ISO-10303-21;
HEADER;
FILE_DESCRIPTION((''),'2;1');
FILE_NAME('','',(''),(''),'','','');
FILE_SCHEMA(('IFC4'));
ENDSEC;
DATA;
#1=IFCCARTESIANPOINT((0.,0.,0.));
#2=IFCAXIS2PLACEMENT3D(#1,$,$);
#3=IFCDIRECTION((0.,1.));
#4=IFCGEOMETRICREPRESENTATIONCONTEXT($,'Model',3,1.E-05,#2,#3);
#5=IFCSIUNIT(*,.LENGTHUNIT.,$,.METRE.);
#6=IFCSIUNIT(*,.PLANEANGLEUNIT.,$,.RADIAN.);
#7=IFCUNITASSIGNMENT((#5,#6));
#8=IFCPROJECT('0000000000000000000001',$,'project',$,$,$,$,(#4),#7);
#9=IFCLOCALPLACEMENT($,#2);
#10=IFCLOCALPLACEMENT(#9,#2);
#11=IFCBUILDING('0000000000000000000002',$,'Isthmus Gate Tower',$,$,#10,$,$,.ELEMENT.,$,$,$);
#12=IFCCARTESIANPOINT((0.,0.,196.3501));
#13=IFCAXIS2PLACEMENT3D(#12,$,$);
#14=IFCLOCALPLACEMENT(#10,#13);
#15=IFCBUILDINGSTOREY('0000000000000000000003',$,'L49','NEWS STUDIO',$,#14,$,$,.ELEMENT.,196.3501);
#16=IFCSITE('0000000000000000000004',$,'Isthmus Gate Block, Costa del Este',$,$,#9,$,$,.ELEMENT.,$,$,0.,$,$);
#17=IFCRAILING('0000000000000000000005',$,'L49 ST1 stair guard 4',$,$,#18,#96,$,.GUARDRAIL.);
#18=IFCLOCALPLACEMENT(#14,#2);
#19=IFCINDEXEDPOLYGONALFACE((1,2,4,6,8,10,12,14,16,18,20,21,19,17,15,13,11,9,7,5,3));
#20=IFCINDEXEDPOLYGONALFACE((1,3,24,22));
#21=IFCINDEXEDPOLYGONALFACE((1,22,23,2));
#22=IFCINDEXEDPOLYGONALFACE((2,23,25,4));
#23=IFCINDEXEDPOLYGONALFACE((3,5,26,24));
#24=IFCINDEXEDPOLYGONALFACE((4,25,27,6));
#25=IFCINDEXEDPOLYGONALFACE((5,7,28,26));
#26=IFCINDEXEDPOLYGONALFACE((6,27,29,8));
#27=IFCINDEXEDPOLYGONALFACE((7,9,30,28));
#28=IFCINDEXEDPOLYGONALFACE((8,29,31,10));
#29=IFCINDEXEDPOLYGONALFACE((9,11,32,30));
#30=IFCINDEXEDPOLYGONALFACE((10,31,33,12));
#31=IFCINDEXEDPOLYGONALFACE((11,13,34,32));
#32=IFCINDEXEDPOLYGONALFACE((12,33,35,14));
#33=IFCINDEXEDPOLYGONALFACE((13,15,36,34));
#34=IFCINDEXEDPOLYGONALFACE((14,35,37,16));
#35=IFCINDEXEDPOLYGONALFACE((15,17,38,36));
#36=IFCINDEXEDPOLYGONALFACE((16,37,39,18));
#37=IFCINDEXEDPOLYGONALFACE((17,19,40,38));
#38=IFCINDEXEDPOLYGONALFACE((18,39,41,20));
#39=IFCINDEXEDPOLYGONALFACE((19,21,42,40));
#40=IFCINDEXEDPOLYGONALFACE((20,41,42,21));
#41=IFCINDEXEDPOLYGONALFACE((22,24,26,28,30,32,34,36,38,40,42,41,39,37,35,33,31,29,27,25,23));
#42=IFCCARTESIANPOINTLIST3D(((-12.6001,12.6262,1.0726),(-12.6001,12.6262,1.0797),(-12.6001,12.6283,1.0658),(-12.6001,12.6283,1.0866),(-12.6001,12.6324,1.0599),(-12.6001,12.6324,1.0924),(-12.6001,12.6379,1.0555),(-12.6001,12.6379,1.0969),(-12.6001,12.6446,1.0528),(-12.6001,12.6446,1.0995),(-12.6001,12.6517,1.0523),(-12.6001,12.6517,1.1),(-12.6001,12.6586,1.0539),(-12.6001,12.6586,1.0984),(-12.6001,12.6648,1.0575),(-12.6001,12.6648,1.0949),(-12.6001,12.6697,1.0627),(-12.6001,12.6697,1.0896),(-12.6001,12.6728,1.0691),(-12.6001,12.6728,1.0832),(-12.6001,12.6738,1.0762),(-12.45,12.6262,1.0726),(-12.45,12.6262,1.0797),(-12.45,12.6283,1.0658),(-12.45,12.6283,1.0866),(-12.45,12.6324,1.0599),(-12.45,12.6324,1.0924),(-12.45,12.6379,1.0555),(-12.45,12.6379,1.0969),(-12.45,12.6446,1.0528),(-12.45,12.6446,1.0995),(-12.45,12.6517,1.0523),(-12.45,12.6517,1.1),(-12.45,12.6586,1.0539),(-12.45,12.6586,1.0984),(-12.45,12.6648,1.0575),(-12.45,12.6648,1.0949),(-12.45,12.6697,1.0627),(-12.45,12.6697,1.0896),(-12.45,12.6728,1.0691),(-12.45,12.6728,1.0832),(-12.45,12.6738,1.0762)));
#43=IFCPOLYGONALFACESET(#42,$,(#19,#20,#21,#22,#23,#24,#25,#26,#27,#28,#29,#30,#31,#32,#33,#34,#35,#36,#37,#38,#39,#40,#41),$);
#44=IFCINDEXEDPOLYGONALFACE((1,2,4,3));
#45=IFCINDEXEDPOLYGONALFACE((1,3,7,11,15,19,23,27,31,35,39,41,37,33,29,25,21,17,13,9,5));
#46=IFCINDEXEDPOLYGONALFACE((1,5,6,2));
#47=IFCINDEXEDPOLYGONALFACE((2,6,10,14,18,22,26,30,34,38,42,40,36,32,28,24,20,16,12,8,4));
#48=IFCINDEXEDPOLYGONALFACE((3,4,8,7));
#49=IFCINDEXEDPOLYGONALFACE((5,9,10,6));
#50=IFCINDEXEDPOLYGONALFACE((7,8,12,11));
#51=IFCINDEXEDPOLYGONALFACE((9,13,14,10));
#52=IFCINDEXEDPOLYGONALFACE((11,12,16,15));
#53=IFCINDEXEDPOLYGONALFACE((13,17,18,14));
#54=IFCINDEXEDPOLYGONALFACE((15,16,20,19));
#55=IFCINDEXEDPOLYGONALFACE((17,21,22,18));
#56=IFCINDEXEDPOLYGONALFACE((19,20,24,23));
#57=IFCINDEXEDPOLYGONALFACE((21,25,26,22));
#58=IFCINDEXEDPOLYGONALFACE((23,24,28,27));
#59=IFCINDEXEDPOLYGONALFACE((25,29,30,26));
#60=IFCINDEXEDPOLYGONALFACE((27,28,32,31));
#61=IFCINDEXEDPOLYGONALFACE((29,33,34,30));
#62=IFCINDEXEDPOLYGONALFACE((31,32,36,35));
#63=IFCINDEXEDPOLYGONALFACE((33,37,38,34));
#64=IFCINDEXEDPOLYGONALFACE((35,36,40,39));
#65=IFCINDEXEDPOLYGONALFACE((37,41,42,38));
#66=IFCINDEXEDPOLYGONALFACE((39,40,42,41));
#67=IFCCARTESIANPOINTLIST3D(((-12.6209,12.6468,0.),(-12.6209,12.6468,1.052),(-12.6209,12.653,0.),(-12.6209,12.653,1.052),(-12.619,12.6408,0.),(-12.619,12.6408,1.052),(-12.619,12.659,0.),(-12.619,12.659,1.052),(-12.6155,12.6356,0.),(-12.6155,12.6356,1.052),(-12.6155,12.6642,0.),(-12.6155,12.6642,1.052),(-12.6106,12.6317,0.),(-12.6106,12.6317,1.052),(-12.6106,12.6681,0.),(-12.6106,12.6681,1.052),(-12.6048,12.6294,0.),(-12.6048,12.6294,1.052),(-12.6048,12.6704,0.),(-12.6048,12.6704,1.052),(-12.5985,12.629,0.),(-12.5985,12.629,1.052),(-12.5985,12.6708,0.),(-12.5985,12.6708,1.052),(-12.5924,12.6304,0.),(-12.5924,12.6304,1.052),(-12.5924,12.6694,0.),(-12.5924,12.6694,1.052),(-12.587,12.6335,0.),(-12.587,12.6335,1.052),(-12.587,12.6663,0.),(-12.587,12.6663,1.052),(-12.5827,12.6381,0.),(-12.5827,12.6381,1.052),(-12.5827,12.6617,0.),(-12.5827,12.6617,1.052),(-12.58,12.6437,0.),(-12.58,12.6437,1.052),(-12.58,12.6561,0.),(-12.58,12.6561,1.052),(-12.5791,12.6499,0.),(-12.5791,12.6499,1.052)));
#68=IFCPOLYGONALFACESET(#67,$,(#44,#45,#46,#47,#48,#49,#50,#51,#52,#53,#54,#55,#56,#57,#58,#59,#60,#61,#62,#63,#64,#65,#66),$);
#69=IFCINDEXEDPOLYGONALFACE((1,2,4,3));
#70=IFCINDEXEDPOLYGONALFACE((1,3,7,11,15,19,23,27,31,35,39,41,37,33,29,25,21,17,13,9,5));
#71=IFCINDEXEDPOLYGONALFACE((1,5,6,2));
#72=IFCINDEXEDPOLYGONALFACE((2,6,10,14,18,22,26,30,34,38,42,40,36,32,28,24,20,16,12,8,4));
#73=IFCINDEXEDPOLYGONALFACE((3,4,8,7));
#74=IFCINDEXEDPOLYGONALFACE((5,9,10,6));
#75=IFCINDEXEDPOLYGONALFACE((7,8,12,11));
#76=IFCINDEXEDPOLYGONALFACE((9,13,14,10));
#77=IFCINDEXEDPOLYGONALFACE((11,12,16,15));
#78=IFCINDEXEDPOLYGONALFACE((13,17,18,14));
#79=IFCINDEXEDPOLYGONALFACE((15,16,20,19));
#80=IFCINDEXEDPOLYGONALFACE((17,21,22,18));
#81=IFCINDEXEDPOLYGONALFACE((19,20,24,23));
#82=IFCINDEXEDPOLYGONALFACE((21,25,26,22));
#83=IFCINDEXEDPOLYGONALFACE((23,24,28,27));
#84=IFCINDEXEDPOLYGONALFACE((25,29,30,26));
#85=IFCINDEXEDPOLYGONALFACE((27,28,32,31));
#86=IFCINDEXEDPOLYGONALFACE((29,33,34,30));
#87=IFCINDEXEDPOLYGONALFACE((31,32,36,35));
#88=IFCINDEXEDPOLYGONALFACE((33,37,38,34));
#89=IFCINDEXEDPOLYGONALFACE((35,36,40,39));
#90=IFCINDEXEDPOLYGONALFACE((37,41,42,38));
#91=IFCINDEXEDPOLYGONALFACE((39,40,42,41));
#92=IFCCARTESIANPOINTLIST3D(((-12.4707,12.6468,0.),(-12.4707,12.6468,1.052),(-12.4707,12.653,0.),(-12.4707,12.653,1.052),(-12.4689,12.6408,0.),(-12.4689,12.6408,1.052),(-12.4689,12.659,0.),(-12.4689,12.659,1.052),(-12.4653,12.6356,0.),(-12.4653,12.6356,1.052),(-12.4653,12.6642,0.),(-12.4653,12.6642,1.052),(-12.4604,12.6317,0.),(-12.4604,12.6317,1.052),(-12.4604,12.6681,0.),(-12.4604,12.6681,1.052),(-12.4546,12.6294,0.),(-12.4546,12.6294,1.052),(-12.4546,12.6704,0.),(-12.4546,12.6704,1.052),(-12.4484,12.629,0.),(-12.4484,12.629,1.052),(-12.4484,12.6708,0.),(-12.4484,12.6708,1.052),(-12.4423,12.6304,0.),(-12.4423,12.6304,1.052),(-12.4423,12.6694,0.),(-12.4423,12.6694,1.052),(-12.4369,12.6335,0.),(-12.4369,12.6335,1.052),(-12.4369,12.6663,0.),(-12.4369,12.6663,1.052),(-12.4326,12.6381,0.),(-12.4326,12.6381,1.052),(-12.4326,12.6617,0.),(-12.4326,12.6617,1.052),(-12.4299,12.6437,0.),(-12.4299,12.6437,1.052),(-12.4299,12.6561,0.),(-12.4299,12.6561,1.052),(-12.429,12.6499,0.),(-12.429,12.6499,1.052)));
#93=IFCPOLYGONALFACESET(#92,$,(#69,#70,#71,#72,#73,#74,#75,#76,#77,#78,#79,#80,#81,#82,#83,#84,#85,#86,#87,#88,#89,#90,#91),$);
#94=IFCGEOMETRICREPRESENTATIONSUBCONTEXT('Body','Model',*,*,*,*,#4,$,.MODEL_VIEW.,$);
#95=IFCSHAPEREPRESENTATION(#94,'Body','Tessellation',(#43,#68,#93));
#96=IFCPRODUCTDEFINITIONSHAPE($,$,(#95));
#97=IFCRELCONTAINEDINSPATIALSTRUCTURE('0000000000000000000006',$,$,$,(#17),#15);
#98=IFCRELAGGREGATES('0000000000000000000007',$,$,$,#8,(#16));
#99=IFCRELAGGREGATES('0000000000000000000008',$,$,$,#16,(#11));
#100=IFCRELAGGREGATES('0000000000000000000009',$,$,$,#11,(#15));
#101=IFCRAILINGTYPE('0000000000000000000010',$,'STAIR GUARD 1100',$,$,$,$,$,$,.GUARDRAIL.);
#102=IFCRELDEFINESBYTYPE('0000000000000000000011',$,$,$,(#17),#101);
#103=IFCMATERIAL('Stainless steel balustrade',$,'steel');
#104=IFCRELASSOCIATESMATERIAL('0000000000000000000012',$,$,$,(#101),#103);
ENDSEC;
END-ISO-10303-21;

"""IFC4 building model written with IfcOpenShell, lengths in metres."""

from ifc_helpers import new_model, si_unit, direction, frame, origin, origin_2d, place, context, subcontext, project, spatial, circle, extrude, material, type_object, element, save


model = new_model("IFC4")

# Units and contexts
model_context = context("Model", 3, precision=1e-05, world=origin(), true_north=direction((0.0, 1.0)))
body_context = subcontext(model_context, "Body", "Model", "MODEL_VIEW")
ifc_project = project(units=[si_unit("LENGTHUNIT", "METRE"), si_unit("PLANEANGLEUNIT", "RADIAN")], contexts=[model_context])

# Site, building, storey
site_placement = place(None, origin())
site = spatial("IfcSite", under=ifc_project, at=site_placement, Name="Isthmus Gate Block, Costa del Este", CompositionType="ELEMENT", RefElevation=0.0)
building_placement = place(site_placement, origin())
building = spatial("IfcBuilding", under=site, at=building_placement, Name="Isthmus Gate Tower", CompositionType="ELEMENT")
storey_placement = place(building_placement, frame((0.0, 0.0, 196.3501)))
storey = spatial("IfcBuildingStorey", under=building, at=storey_placement, Name="L49", Description="NEWS STUDIO", CompositionType="ELEMENT", Elevation=196.3501)

# Railing
ifc_material_1 = material(Name="Stainless steel balustrade", Category="steel")
railing_type = type_object("IfcRailingType", Name="STAIR GUARD 1100", PredefinedType="GUARDRAIL", material=ifc_material_1)
railing_1_placement = place(storey_placement, frame((-12.6001, 12.6499, 0.0)))
element("IfcRailing", 1, at=railing_1_placement, inside=storey, type_object=railing_type, Name="L49 ST1 stair guard 4", PredefinedType="GUARDRAIL", context=body_context, shape_type="SweptSolid", body=[
    extrude(circle(Radius=0.0239, at=origin_2d()), frame((0.0, 0.0, 1.0762), z_axis=(1.0, 0.0, 0.0), x_axis=(0.0, 1.0, 0.0)), (0.0, 0.0, 1.0), 0.1501),
    extrude(circle(Radius=0.021, at=origin_2d()), origin(), (0.0, 0.0, 1.0), 1.052),
    extrude(circle(Radius=0.021, at=origin_2d()), frame((0.1501, 0.0, 0.0)), (0.0, 0.0, 1.0), 1.052),
])

save(model, "model.ifc")
